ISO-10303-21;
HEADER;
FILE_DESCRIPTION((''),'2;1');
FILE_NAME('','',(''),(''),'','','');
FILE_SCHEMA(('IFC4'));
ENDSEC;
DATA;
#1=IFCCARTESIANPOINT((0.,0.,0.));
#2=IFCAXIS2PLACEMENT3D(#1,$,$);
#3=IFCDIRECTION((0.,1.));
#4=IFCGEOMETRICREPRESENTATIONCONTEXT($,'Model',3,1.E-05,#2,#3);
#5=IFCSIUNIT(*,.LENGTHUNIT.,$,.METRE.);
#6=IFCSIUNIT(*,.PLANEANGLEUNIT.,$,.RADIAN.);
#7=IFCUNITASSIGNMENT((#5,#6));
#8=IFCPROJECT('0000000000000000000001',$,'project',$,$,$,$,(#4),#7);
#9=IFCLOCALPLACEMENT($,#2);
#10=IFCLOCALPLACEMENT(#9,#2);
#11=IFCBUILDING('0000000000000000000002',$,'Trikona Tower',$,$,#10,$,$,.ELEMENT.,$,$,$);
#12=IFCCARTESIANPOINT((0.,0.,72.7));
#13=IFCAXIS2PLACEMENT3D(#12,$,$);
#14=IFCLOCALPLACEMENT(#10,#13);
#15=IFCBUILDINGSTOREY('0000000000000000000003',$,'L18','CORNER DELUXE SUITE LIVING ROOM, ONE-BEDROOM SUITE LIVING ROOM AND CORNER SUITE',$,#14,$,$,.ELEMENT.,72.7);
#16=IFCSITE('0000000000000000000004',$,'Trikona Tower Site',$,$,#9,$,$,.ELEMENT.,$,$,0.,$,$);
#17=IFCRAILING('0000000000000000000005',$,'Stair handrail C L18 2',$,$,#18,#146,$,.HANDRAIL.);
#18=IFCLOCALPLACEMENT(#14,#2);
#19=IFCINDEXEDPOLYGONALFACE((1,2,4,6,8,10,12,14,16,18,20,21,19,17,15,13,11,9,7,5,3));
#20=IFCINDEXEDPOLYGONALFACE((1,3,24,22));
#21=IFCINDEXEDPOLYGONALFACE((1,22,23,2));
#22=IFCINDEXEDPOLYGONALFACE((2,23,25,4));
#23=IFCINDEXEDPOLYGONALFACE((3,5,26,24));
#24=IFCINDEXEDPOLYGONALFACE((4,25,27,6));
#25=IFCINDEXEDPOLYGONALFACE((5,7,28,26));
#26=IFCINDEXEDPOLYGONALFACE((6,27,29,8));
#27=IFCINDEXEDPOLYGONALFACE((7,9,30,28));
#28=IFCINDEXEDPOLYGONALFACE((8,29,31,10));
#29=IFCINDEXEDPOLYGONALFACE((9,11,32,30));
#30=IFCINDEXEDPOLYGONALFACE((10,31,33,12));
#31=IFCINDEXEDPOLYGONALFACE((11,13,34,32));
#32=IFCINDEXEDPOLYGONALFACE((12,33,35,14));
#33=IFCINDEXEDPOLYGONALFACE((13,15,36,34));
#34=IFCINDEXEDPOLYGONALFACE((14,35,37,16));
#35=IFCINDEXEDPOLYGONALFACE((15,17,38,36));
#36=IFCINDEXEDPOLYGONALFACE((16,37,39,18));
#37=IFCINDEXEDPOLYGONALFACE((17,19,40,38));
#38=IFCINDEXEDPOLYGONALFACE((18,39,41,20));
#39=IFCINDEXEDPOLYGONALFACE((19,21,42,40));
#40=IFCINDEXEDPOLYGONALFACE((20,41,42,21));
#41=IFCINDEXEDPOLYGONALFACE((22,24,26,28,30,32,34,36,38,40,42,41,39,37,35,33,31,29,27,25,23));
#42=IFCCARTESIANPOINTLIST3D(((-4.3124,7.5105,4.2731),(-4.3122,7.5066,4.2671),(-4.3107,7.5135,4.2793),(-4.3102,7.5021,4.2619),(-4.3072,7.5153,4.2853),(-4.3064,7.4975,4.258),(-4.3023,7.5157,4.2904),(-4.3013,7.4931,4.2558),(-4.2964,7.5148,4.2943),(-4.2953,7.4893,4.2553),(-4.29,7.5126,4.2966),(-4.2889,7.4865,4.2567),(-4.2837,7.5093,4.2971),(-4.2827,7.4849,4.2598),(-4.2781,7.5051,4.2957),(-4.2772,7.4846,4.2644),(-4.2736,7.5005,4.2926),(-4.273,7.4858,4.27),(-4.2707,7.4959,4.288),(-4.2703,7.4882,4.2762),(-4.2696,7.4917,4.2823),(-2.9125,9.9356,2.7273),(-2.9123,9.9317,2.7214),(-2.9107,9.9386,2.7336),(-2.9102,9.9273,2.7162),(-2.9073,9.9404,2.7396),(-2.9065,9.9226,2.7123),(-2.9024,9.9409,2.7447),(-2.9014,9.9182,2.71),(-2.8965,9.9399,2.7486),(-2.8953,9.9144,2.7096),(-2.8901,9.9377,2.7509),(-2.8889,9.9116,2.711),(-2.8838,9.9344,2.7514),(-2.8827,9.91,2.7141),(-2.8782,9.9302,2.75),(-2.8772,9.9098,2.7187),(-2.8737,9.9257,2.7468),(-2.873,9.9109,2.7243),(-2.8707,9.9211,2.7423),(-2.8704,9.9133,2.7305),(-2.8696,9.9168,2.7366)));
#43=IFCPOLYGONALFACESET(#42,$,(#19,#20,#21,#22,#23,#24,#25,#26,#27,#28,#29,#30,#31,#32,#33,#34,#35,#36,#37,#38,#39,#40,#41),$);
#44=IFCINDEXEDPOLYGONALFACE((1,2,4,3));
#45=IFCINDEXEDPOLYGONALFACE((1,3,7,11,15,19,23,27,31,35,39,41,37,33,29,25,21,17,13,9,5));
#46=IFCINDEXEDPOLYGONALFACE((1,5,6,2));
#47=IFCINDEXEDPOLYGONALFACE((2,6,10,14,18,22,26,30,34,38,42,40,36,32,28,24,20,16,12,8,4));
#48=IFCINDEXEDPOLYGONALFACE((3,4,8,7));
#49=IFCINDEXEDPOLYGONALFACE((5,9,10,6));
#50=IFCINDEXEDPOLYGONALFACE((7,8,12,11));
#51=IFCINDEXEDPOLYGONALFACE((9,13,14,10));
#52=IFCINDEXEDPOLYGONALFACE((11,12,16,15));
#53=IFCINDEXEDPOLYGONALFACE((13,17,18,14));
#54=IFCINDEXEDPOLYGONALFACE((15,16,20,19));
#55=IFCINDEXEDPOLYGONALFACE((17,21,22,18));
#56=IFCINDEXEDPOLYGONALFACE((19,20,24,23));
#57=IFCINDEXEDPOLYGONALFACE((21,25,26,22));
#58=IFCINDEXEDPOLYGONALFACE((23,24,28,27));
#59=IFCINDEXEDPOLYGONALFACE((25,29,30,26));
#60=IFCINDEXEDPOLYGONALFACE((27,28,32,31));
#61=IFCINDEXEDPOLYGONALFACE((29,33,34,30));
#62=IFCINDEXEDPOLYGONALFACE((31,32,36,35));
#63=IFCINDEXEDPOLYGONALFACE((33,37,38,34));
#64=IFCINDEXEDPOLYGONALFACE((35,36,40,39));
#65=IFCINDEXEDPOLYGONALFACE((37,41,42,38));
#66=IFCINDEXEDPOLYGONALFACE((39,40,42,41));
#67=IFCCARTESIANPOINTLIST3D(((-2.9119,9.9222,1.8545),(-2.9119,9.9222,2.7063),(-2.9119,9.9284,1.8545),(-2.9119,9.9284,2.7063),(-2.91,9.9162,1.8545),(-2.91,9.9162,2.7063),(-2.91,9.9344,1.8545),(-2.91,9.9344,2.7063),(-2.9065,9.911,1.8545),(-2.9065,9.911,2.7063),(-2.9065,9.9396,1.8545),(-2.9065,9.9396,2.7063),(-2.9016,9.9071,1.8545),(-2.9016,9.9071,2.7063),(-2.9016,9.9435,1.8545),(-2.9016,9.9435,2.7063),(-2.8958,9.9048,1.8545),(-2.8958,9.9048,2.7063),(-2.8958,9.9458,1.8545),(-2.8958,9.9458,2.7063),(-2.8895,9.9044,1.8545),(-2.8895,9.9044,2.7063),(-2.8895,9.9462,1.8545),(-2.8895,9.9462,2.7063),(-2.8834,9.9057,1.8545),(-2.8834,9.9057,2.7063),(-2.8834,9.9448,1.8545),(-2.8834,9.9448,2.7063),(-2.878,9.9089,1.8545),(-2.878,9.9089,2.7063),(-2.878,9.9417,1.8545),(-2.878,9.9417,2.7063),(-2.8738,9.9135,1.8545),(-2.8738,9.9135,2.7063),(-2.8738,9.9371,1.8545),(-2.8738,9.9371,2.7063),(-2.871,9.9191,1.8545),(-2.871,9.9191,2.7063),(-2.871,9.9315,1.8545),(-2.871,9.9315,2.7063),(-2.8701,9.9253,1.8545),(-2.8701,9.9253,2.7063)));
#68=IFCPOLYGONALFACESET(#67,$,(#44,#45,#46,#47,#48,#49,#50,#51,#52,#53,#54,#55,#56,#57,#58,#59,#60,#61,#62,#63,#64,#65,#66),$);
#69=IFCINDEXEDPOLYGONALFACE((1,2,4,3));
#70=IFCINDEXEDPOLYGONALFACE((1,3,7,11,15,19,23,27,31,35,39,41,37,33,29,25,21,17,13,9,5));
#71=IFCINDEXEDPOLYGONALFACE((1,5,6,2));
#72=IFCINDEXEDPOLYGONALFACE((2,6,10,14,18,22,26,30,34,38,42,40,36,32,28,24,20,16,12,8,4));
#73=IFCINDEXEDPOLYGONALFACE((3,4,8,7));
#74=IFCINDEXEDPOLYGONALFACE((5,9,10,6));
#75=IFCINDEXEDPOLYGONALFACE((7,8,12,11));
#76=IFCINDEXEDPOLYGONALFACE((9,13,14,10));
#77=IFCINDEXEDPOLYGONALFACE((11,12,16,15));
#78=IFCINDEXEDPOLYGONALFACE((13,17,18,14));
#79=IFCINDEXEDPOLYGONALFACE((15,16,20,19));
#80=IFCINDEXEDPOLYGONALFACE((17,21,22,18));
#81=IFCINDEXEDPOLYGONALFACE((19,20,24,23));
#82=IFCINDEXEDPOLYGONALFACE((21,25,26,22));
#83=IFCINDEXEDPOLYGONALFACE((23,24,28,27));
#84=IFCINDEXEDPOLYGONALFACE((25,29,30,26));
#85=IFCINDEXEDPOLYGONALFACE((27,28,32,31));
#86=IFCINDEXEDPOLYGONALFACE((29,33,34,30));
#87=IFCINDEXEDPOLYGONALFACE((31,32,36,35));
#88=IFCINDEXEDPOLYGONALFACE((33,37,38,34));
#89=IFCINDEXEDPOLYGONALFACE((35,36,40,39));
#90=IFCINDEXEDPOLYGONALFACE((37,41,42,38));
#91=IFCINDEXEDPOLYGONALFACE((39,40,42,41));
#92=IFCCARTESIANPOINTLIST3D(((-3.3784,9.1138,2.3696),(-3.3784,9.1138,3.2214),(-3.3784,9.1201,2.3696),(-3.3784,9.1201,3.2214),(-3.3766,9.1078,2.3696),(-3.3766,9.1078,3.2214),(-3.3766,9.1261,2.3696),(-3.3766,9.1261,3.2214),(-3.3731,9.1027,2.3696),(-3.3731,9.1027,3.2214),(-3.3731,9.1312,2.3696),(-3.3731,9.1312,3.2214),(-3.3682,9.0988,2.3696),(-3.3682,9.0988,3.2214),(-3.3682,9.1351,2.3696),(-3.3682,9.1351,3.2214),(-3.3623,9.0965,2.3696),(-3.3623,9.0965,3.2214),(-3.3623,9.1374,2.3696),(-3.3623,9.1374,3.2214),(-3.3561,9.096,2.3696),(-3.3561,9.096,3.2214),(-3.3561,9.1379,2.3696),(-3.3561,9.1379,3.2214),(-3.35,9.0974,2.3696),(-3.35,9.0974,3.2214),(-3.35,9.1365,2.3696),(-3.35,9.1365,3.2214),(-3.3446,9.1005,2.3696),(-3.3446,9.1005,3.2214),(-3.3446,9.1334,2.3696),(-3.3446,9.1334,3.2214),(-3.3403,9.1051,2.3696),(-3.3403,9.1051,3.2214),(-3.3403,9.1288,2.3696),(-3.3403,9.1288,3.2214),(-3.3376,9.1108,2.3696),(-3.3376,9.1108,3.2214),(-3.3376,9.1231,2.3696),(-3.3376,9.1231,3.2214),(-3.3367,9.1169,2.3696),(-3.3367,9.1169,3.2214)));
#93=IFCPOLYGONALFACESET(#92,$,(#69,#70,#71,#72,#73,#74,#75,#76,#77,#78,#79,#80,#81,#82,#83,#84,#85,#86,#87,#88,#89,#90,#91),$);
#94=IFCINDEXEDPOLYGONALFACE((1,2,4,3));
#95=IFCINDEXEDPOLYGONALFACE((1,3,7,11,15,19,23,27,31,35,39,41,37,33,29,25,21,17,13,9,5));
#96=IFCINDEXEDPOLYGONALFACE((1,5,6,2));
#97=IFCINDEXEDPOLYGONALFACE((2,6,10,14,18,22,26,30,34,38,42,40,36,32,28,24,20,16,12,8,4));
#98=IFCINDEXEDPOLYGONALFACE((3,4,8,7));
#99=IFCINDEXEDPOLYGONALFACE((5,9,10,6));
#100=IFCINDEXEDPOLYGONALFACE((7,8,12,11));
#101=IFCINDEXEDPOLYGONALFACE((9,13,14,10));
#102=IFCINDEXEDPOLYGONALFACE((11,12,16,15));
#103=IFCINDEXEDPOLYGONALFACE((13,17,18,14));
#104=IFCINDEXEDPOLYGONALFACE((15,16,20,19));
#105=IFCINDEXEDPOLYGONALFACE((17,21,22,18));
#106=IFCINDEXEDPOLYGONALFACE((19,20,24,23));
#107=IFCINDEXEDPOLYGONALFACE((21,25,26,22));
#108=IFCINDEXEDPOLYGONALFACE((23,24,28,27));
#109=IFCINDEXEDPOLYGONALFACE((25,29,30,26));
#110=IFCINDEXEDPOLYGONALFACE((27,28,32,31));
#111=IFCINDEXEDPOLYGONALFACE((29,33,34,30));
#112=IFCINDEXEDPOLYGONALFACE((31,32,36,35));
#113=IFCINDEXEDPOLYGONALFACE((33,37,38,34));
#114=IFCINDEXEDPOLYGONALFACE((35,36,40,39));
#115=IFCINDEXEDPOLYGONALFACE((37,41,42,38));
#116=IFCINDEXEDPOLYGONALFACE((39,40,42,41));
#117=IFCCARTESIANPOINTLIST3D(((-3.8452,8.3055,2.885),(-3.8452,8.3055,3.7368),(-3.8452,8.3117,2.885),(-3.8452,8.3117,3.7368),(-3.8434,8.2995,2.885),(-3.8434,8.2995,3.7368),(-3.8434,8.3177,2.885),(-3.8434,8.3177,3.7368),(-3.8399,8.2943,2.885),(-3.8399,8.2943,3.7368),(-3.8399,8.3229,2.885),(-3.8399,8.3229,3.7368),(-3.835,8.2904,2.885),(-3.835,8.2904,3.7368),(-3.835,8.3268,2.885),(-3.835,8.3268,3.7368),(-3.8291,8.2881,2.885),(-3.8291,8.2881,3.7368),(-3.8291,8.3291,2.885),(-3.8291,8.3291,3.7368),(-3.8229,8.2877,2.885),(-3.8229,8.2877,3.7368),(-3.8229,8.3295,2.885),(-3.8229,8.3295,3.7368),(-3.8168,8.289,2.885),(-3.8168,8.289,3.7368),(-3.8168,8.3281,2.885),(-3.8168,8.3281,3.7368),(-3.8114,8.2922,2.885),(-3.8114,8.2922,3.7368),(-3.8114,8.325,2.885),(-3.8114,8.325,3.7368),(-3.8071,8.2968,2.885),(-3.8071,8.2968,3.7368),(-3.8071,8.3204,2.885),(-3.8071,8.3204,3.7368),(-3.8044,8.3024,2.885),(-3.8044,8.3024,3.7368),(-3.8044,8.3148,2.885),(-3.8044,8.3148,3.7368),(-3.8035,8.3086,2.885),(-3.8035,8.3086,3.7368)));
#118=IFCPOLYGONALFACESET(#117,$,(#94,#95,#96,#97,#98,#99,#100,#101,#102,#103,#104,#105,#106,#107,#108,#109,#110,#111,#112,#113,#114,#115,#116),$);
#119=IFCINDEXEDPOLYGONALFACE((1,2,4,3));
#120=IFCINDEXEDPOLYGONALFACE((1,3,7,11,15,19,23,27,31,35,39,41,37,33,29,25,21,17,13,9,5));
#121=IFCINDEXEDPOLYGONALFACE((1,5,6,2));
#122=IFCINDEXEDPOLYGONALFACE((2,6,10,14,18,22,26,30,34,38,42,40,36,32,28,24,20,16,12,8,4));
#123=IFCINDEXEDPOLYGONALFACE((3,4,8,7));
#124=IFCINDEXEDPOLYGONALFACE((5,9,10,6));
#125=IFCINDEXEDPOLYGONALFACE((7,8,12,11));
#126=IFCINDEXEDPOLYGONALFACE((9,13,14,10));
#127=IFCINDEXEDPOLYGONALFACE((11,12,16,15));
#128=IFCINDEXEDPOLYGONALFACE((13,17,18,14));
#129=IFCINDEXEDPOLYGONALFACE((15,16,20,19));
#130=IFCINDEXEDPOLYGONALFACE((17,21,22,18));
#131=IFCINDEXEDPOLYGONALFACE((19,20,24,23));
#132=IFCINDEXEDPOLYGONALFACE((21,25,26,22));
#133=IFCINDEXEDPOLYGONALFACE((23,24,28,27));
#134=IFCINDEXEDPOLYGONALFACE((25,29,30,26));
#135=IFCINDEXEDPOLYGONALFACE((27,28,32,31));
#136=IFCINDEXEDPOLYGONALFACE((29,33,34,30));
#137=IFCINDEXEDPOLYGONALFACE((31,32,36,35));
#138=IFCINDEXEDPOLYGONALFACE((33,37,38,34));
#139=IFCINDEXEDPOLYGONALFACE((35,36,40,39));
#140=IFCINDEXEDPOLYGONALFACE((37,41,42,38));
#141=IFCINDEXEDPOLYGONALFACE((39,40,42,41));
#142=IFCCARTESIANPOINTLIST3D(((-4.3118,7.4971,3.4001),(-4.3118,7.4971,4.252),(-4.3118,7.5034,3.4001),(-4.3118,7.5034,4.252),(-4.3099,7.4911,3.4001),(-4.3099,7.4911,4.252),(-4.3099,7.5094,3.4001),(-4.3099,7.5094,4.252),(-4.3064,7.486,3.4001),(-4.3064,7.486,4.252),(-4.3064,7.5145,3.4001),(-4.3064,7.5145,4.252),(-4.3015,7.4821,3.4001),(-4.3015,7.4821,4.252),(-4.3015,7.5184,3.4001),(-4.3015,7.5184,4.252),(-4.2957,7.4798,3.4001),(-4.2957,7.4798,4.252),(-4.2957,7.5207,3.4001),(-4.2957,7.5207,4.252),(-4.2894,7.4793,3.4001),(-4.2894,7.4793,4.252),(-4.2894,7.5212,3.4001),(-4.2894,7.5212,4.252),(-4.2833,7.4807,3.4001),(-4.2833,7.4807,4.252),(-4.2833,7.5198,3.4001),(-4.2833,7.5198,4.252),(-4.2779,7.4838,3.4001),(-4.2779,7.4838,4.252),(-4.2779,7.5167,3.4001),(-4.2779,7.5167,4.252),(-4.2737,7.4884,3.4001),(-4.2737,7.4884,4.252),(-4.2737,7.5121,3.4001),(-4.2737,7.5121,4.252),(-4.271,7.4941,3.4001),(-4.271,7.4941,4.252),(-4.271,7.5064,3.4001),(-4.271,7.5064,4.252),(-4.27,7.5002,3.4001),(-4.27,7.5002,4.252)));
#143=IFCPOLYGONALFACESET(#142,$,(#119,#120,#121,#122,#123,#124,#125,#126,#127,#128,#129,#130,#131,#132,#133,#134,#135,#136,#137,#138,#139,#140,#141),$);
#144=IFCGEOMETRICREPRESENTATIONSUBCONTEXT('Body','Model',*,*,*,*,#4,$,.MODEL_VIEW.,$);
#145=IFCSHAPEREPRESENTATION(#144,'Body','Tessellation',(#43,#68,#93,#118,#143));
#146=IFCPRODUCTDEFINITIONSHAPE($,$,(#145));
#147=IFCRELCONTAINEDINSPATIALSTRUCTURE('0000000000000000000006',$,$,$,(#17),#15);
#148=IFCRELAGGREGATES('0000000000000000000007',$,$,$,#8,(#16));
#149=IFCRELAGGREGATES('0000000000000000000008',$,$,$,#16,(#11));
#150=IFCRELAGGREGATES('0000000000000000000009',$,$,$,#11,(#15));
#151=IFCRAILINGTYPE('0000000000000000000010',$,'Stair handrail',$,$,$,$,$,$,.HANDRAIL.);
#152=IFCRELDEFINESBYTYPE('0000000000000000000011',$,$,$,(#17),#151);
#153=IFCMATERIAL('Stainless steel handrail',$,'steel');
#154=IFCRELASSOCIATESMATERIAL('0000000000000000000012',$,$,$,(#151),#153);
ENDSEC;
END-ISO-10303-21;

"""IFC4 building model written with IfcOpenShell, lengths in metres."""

from ifc_helpers import new_model, si_unit, direction, frame, origin, origin_2d, place, context, subcontext, project, spatial, circle, extrude, material, type_object, element, save


model = new_model("IFC4")

# Units and contexts
model_context = context("Model", 3, precision=1e-05, world=origin(), true_north=direction((0.0, 1.0)))
body_context = subcontext(model_context, "Body", "Model", "MODEL_VIEW")
ifc_project = project(units=[si_unit("LENGTHUNIT", "METRE"), si_unit("PLANEANGLEUNIT", "RADIAN")], contexts=[model_context])

# Site, building, storey
site_placement = place(None, origin())
site = spatial("IfcSite", under=ifc_project, at=site_placement, Name="Trikona Tower Site", CompositionType="ELEMENT", RefElevation=0.0)
building_placement = place(site_placement, origin())
building = spatial("IfcBuilding", under=site, at=building_placement, Name="Trikona Tower", CompositionType="ELEMENT")
storey_placement = place(building_placement, frame((0.0, 0.0, 72.7)))
storey = spatial("IfcBuildingStorey", under=building, at=storey_placement, Name="L18", Description="CORNER DELUXE SUITE LIVING ROOM, ONE-BEDROOM SUITE LIVING ROOM AND CORNER SUITE", CompositionType="ELEMENT", Elevation=72.7)

# Railing
ifc_material_1 = material(Name="Stainless steel handrail", Category="steel")
railing_type = type_object("IfcRailingType", Name="Stair handrail", PredefinedType="HANDRAIL", material=ifc_material_1)
railing_1_placement = place(storey_placement, frame((-2.8911, 9.9253, 1.8545)))
element("IfcRailing", 1, at=railing_1_placement, inside=storey, type_object=railing_type, Name="Stair handrail C L18 2", PredefinedType="HANDRAIL", context=body_context, shape_type="SweptSolid", body=[
    extrude(circle(Radius=0.0239, at=origin_2d()), frame((0.0, 0.0, 0.876), z_axis=(-0.437691, -0.758212, 0.483262), x_axis=(0.866056, -0.499946, 0.0)), (0.0, 0.0, 1.0), 3.1985),
    extrude(circle(Radius=0.021, at=origin_2d()), origin(), (0.0, 0.0, 1.0), 0.8518),
    extrude(circle(Radius=0.021, at=origin_2d()), frame((-0.4666, -0.8083, 0.5151)), (0.0, 0.0, 1.0), 0.8518),
    extrude(circle(Radius=0.021, at=origin_2d()), frame((-0.9333, -1.6167, 1.0305)), (0.0, 0.0, 1.0), 0.8518),
    extrude(circle(Radius=0.021, at=origin_2d()), frame((-1.3999, -2.425, 1.5457)), (0.0, 0.0, 1.0), 0.8518),
])

save(model, "model.ifc")
